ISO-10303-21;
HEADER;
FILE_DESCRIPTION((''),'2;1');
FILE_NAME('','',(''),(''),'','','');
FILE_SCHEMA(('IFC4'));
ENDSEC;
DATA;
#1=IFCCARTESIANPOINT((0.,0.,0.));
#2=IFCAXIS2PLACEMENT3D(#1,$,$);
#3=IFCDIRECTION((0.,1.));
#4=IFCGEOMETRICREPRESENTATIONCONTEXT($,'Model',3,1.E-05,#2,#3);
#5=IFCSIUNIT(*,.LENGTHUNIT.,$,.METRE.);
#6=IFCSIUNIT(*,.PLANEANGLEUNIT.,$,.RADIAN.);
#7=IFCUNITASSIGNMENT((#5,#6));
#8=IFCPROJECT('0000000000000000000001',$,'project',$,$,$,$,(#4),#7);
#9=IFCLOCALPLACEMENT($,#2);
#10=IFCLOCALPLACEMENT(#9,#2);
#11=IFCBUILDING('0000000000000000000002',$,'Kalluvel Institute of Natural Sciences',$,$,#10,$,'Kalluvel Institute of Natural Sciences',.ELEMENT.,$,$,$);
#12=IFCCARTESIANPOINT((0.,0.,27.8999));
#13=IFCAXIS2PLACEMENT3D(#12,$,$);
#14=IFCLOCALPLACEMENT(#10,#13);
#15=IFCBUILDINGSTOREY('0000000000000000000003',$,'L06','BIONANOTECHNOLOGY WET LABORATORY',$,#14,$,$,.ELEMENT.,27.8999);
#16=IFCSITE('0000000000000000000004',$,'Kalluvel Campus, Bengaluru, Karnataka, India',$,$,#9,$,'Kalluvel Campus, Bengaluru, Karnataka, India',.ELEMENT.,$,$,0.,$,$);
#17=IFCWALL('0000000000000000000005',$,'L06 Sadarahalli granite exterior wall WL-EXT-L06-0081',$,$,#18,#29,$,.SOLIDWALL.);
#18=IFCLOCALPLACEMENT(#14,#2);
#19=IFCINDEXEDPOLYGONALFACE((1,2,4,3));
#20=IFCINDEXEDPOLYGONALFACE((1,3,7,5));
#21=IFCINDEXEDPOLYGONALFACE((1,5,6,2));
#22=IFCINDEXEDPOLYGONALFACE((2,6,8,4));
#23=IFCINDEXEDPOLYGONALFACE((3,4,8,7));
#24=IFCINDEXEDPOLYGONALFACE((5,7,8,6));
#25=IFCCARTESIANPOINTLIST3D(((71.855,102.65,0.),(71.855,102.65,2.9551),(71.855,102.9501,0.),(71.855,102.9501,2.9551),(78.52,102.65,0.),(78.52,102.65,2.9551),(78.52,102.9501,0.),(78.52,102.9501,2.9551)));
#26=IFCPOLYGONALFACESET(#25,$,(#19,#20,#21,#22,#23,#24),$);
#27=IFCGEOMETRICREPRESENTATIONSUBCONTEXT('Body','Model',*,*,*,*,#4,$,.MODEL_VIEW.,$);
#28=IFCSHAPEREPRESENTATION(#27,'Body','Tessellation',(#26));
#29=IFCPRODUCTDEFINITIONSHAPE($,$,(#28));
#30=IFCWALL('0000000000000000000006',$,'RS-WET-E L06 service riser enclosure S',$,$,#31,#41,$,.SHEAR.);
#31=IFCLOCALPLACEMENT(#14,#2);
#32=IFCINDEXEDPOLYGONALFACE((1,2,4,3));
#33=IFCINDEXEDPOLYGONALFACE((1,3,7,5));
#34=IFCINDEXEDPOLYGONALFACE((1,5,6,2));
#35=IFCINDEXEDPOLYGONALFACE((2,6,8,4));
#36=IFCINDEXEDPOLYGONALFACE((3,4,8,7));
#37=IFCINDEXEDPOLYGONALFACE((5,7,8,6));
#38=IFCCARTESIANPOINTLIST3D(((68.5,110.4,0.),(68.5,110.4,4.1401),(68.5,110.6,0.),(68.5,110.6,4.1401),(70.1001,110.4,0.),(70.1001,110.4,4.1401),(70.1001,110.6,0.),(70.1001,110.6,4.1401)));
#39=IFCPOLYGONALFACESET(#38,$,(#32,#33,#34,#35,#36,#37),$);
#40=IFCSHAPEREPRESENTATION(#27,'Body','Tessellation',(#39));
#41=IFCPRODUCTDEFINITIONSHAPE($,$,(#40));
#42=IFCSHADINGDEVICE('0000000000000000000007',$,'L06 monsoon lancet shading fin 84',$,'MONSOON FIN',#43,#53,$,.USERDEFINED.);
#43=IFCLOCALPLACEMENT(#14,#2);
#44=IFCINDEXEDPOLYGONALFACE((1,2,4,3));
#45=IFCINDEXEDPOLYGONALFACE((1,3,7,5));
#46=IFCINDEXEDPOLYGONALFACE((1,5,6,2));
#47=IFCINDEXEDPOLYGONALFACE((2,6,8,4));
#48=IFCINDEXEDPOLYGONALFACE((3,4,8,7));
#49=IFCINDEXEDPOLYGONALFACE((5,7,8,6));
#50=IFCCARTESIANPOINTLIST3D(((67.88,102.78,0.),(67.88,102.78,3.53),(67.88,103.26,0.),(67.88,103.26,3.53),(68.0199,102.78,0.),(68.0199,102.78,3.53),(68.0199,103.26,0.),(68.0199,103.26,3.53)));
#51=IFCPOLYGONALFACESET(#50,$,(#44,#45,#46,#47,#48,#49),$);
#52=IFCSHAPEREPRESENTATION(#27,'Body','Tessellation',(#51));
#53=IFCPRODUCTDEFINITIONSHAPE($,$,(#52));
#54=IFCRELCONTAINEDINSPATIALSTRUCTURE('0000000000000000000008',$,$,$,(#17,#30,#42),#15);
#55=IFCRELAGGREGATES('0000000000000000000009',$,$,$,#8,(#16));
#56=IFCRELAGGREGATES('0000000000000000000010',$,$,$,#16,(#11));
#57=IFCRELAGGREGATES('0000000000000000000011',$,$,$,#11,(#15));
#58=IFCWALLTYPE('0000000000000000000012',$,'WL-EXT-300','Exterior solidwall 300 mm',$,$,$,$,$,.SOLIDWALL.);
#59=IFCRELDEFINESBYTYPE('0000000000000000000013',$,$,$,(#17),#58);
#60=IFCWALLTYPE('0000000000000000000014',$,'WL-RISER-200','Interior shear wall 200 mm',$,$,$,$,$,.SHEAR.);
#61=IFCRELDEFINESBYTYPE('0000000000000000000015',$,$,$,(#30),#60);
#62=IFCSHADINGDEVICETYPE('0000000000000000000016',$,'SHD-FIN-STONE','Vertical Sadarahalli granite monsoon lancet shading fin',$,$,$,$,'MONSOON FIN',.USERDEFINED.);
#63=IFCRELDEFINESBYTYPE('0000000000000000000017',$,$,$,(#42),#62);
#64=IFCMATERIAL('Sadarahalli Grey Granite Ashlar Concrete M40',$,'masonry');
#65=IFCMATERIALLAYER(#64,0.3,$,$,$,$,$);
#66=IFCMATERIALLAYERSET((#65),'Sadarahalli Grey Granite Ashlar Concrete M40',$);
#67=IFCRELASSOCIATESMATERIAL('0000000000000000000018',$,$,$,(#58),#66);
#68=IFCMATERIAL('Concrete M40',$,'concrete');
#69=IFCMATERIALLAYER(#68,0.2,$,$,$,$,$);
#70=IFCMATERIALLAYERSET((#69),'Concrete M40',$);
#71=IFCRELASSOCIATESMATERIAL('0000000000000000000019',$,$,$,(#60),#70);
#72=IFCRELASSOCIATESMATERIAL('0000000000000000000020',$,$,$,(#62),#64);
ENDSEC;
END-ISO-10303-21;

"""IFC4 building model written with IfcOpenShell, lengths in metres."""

from ifc_helpers import new_model, si_unit, direction, frame, frame_2d, origin, origin_2d, place, context, subcontext, project, spatial, rectangle, extrude, material, layer, layer_set, type_object, element, save


model = new_model("IFC4")

# Units and contexts
model_context = context("Model", 3, precision=1e-05, world=origin(), true_north=direction((0.0, 1.0)))
body_context = subcontext(model_context, "Body", "Model", "MODEL_VIEW")
ifc_project = project(units=[si_unit("LENGTHUNIT", "METRE"), si_unit("PLANEANGLEUNIT", "RADIAN")], contexts=[model_context])

# Site, building, storey
site_placement = place(None, origin())
site = spatial("IfcSite", under=ifc_project, at=site_placement, Name="Kalluvel Campus, Bengaluru, Karnataka, India", LongName="Kalluvel Campus, Bengaluru, Karnataka, India", CompositionType="ELEMENT", RefElevation=0.0)
building_placement = place(site_placement, origin())
building = spatial("IfcBuilding", under=site, at=building_placement, Name="Kalluvel Institute of Natural Sciences", LongName="Kalluvel Institute of Natural Sciences", CompositionType="ELEMENT")
storey_placement = place(building_placement, frame((0.0, 0.0, 27.8999)))
storey = spatial("IfcBuildingStorey", under=building, at=storey_placement, Name="L06", Description="BIONANOTECHNOLOGY WET LABORATORY", CompositionType="ELEMENT", Elevation=27.8999)

# Shared definitions
ifc_material_1 = material(Name="Concrete M40", Category="concrete")

# Walls
ifc_material_2 = material(Name="Sadarahalli Grey Granite Ashlar Concrete M40", Category="masonry")
ifc_layer_1 = layer(ifc_material_2, 0.3)
ifc_layer_set_1 = layer_set([ifc_layer_1], Name="Sadarahalli Grey Granite Ashlar Concrete M40")
wall_type_1 = type_object("IfcWallType", Name="WL-EXT-300", Description="Exterior solidwall 300 mm", PredefinedType="SOLIDWALL", material=ifc_layer_set_1)
wall_1_placement = place(storey_placement, frame((71.855, 102.8, 0.0), z_axis=(0.0, 0.0, 1.0), x_axis=(1.0, 0.0, 0.0)))
element("IfcWall", 1, at=wall_1_placement, inside=storey, type_object=wall_type_1, Name="L06 Sadarahalli granite exterior wall WL-EXT-L06-0081", PredefinedType="SOLIDWALL", context=body_context, shape_type="SweptSolid", body=[
    extrude(rectangle(XDim=6.665, YDim=0.3, at=frame_2d((3.3325, 0.0))), origin(), (0.0, 0.0, 1.0), 2.9551),
])
ifc_layer_2 = layer(ifc_material_1, 0.2)
ifc_layer_set_2 = layer_set([ifc_layer_2], Name="Concrete M40")
wall_type_2 = type_object("IfcWallType", Name="WL-RISER-200", Description="Interior shear wall 200 mm", PredefinedType="SHEAR", material=ifc_layer_set_2)
wall_2_placement = place(storey_placement, frame((68.5, 110.5, 0.0), z_axis=(0.0, 0.0, 1.0), x_axis=(1.0, 0.0, 0.0)))
element("IfcWall", 2, at=wall_2_placement, inside=storey, type_object=wall_type_2, Name="RS-WET-E L06 service riser enclosure S", PredefinedType="SHEAR", context=body_context, shape_type="SweptSolid", body=[
    extrude(rectangle(XDim=1.6001, YDim=0.2, at=frame_2d((0.8, 0.0))), origin(), (0.0, 0.0, 1.0), 4.1401),
])

# Shading device
shading_device_type = type_object("IfcShadingDeviceType", Name="SHD-FIN-STONE", Description="Vertical Sadarahalli granite monsoon lancet shading fin", ElementType="MONSOON FIN", PredefinedType="USERDEFINED", material=ifc_material_2)
shading_device_placement = place(storey_placement, frame((67.95, 103.02, 0.0), z_axis=(0.0, 0.0, 1.0), x_axis=(1.0, 0.0, 0.0)))
element("IfcShadingDevice", 3, at=shading_device_placement, inside=storey, type_object=shading_device_type, Name="L06 monsoon lancet shading fin 84", ObjectType="MONSOON FIN", PredefinedType="USERDEFINED", context=body_context, shape_type="SweptSolid", body=[
    extrude(rectangle(XDim=0.1399, YDim=0.48, at=origin_2d()), origin(), (0.0, 0.0, 1.0), 3.53),
])

save(model, "model.ifc")
